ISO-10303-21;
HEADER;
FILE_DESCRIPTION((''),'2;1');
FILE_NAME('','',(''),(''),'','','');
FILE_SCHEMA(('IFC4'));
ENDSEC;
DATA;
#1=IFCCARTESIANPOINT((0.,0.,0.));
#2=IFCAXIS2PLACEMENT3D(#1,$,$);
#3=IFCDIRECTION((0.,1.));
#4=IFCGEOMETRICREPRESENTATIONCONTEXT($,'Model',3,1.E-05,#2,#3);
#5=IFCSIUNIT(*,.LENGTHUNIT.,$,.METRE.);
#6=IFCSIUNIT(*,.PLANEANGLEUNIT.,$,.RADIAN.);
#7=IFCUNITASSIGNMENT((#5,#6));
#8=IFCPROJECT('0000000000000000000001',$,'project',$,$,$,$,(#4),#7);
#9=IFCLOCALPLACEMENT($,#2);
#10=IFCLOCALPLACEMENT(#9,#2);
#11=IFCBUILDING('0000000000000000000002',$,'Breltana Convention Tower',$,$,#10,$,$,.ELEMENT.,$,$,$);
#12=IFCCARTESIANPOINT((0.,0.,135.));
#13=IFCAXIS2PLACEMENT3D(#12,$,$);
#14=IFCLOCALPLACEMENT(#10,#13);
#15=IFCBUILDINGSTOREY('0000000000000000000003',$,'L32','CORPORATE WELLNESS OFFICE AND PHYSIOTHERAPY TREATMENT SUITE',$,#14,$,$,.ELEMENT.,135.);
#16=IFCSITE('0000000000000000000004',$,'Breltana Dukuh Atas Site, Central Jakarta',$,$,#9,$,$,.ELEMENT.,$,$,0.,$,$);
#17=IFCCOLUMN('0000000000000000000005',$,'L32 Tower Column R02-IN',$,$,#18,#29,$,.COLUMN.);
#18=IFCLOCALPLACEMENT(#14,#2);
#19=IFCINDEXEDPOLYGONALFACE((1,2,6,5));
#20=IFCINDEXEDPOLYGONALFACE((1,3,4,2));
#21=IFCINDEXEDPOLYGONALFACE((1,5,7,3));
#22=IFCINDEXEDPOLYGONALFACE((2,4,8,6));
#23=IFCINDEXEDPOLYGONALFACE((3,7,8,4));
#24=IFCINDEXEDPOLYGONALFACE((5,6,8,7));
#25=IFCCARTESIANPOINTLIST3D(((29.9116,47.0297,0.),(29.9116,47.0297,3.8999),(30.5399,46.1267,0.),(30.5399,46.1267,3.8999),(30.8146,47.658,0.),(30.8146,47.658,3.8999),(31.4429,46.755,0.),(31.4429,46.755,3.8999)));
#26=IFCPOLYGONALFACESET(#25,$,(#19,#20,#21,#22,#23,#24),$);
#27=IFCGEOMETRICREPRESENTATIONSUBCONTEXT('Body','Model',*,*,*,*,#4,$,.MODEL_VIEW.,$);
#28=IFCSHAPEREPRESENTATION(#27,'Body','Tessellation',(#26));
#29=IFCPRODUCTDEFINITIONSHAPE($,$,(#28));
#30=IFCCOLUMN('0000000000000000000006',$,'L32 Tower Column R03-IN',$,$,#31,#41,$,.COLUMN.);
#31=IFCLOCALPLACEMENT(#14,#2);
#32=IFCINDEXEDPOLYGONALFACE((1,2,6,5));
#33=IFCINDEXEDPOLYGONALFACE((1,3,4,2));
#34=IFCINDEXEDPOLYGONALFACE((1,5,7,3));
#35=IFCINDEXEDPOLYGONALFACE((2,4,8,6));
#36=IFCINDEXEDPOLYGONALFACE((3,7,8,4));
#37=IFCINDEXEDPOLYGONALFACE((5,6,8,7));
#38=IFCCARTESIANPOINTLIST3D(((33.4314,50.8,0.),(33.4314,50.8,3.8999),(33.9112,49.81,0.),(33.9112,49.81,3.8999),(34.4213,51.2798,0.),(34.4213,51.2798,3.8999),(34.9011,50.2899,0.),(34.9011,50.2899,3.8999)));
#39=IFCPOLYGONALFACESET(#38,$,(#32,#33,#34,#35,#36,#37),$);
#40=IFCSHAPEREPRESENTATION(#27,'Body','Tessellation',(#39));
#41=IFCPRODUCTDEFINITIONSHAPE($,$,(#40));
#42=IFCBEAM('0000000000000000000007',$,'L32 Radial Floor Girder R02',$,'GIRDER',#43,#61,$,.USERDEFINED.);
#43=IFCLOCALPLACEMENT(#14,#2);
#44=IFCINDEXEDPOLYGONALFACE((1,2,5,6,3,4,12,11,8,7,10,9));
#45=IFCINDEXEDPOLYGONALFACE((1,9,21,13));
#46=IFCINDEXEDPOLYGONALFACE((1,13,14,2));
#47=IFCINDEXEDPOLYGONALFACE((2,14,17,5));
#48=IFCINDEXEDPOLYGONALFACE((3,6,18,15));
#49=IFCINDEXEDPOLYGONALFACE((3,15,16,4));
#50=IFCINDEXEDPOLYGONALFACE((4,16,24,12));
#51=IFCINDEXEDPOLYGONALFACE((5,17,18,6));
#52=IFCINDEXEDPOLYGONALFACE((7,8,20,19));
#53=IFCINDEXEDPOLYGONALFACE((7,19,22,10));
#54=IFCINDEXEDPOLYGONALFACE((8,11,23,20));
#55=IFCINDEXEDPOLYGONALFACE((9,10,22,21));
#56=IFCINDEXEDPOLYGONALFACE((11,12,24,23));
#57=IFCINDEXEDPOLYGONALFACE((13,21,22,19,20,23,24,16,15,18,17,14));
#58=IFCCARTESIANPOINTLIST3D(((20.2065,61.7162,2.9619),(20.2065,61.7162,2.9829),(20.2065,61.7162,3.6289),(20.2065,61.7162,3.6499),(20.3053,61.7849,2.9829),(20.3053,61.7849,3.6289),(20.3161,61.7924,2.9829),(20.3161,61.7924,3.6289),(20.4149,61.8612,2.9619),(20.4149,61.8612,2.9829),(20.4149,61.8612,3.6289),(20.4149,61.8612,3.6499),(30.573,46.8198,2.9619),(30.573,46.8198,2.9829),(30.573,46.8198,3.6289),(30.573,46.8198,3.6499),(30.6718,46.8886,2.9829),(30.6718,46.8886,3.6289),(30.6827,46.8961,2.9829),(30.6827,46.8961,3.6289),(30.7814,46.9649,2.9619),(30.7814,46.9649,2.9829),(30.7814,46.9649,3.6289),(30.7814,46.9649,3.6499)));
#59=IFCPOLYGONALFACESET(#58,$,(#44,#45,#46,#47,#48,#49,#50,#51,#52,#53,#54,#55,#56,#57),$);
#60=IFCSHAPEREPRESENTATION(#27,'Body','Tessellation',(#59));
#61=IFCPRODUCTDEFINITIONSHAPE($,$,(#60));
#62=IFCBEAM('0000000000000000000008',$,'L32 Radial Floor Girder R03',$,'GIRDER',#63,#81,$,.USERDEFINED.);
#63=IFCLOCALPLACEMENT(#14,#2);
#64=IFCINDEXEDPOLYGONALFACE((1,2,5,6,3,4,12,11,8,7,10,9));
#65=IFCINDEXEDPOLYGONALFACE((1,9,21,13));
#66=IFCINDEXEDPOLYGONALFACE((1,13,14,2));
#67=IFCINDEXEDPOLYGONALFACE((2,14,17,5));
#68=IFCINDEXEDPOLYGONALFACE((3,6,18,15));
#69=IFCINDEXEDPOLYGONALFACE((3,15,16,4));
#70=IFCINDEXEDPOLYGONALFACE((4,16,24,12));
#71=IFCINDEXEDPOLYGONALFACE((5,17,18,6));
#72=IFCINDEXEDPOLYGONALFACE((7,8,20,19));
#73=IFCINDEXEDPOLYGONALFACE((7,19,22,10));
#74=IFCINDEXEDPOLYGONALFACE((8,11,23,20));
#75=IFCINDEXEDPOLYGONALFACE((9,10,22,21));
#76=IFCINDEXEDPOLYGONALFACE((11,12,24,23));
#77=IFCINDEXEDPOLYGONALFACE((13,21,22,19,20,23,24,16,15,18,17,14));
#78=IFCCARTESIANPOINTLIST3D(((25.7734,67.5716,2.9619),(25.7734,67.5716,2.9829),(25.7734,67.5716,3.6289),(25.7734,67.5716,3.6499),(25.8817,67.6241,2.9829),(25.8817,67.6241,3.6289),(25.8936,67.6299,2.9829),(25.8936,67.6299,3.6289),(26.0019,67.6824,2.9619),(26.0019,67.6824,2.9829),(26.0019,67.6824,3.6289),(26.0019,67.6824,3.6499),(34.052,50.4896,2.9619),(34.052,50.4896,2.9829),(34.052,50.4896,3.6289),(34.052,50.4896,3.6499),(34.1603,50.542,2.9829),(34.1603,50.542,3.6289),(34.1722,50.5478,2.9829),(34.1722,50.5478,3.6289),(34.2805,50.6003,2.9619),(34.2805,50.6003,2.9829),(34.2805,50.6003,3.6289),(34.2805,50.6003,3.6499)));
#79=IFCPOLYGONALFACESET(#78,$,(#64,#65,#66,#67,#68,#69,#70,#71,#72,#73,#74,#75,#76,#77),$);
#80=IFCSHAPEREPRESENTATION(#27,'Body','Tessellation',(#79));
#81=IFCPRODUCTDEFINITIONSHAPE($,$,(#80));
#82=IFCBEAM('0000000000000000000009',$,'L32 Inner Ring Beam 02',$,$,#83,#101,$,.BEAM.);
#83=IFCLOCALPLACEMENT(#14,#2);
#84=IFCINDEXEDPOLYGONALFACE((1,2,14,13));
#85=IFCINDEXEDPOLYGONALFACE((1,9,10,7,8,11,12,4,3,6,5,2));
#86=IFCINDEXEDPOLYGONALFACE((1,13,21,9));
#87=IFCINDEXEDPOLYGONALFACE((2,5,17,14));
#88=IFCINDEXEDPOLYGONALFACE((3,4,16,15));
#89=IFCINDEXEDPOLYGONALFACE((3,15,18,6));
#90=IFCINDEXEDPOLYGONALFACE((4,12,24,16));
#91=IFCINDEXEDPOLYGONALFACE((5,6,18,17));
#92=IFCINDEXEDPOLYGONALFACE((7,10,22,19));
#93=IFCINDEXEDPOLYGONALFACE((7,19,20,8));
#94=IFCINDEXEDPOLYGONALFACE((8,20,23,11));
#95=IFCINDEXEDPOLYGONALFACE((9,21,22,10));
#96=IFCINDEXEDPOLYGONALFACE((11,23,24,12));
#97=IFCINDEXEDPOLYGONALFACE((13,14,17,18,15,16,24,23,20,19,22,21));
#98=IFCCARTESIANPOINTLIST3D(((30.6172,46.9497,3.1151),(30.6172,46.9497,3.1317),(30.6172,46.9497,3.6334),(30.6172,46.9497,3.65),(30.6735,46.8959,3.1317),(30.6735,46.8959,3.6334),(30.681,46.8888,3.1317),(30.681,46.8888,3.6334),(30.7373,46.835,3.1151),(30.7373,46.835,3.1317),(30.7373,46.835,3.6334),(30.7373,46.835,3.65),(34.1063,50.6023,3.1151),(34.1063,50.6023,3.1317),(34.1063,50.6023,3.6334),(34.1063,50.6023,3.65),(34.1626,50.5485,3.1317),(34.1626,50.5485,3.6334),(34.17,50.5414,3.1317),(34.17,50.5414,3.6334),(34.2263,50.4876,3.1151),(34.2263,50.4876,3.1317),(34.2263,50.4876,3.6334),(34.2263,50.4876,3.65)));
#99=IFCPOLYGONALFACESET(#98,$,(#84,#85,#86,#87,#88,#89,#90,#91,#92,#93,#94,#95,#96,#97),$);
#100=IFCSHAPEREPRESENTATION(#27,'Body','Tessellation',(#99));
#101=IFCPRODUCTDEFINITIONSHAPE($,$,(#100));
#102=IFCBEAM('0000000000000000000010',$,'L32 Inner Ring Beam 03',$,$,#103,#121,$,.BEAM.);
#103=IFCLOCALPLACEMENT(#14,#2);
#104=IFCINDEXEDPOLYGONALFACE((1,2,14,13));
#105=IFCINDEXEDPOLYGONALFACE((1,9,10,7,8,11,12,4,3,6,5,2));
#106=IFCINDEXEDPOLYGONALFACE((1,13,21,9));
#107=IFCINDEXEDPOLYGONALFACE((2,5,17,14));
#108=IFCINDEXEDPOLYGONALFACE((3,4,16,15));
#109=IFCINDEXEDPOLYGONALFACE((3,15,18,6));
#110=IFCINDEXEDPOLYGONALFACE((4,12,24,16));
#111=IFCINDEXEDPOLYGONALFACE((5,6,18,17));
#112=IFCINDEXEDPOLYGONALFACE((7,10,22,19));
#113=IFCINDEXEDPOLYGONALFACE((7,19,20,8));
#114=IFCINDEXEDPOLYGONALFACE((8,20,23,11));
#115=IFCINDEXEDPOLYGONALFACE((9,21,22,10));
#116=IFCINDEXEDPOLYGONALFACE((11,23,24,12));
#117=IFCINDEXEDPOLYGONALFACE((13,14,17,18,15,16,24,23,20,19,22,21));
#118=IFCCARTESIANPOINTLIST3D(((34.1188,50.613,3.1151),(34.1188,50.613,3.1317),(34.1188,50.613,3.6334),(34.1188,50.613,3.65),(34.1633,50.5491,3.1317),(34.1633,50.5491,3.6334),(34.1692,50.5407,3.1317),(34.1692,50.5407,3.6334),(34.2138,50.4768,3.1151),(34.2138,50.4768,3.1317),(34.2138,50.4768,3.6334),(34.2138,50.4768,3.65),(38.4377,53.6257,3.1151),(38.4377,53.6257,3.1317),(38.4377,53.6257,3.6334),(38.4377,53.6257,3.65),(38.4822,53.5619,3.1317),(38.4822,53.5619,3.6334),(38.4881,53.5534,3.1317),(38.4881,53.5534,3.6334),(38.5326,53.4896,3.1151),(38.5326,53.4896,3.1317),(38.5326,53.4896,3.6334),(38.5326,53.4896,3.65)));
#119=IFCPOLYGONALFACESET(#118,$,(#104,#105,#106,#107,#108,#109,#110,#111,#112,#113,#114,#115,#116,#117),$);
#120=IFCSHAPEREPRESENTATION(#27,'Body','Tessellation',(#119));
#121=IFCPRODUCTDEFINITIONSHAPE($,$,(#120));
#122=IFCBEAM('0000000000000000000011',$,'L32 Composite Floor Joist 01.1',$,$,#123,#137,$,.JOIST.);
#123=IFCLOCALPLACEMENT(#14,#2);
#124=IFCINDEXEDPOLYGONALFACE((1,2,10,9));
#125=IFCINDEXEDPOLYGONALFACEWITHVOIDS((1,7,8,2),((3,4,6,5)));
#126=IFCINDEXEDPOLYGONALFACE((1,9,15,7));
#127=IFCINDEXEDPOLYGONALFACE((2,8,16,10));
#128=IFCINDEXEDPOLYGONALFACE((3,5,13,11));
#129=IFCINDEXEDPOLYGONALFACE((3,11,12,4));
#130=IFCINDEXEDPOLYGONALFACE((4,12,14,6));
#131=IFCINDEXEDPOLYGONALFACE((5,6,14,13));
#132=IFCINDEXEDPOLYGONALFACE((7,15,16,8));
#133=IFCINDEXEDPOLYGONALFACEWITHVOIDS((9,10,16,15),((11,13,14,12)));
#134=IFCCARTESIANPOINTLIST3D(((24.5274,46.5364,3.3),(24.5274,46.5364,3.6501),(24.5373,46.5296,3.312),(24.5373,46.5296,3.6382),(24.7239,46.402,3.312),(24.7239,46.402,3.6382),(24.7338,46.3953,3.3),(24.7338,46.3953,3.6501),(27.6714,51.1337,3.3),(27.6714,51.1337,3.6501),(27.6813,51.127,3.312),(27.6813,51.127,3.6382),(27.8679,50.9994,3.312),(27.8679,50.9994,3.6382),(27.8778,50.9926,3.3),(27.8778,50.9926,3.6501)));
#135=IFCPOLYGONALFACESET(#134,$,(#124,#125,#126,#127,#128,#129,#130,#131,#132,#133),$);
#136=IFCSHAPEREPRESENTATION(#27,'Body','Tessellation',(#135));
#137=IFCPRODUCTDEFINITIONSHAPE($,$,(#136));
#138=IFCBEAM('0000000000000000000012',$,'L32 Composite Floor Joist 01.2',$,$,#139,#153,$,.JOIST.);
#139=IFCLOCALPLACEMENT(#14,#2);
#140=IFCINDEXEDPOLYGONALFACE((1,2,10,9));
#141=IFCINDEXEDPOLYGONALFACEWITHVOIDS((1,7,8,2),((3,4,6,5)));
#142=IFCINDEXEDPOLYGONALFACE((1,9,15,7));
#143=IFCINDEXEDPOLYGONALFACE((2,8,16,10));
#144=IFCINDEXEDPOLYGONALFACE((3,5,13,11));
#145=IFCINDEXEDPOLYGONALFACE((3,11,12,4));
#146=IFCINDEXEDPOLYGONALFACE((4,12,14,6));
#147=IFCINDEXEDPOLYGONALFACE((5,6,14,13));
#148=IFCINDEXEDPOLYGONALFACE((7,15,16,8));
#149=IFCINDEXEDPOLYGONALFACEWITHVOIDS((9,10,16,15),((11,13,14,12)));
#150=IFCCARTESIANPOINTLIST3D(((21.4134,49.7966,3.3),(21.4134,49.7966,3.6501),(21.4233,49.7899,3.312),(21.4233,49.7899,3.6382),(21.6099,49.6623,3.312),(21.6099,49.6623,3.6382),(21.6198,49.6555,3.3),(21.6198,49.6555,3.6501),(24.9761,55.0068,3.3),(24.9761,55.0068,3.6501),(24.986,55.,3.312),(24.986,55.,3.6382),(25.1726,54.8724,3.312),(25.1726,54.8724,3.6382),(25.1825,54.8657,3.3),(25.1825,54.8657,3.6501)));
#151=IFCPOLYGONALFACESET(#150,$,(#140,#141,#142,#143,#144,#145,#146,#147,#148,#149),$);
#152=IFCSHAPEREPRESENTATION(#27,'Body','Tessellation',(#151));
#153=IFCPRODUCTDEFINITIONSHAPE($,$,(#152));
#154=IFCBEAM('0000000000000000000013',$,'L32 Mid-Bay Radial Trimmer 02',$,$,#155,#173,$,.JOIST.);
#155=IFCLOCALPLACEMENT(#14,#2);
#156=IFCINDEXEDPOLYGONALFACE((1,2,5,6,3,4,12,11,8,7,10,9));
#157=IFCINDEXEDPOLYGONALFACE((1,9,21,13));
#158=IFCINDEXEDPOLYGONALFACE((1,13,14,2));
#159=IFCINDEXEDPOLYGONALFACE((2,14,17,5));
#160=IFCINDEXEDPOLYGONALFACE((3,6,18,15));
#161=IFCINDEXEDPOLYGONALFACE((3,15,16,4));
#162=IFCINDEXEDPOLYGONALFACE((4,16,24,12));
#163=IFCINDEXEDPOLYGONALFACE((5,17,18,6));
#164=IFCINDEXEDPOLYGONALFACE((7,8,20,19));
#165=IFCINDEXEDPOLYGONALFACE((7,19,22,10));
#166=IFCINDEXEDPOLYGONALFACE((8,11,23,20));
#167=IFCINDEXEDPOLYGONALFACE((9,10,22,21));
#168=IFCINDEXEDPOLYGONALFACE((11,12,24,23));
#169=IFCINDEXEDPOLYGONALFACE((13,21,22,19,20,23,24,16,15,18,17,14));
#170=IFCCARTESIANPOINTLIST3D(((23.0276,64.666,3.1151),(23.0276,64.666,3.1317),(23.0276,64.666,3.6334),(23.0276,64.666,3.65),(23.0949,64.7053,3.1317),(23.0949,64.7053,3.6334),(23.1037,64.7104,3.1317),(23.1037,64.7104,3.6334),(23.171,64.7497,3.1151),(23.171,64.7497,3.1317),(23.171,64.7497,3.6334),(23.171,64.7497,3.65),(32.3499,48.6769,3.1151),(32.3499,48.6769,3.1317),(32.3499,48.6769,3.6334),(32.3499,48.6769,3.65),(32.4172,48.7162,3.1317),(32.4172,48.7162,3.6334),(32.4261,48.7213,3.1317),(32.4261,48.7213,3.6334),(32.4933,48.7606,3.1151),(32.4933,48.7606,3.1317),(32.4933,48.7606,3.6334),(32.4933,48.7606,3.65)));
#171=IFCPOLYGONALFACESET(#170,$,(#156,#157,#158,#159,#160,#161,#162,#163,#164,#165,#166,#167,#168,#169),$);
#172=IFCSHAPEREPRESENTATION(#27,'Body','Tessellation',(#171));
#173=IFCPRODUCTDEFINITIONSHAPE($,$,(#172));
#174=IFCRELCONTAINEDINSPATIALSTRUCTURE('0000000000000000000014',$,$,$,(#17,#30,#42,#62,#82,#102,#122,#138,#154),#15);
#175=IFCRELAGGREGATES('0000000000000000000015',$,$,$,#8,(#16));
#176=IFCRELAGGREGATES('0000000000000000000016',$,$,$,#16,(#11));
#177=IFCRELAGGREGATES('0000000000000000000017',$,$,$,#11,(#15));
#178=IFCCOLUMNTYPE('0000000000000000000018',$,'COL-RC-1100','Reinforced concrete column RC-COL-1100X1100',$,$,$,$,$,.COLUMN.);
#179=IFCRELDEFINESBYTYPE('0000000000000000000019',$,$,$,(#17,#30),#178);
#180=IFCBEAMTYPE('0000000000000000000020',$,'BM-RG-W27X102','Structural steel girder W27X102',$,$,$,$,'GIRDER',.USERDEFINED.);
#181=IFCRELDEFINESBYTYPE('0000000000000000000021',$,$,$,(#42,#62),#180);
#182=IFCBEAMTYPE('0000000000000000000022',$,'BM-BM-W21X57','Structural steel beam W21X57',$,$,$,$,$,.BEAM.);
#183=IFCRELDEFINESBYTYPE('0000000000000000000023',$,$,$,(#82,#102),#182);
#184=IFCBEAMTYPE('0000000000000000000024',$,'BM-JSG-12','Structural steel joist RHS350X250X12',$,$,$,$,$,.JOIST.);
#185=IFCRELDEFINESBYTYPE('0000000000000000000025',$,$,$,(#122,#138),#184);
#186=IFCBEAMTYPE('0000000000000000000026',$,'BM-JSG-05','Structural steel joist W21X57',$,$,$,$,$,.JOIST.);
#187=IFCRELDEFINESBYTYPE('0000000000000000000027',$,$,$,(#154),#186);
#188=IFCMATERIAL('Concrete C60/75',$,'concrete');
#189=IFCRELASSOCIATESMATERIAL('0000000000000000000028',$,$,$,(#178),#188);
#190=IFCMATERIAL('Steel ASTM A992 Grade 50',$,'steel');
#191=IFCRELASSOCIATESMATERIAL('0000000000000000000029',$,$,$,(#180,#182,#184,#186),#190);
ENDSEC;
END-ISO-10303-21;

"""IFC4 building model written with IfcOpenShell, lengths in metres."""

from ifc_helpers import new_model, si_unit, direction, frame, origin, origin_2d, place, context, subcontext, project, spatial, rectangle, hollow_rectangle, i_section, extrude, source, transform, mapped, material, material_profile, profile_set, type_object, element, save


model = new_model("IFC4")

# Units and contexts
model_context = context("Model", 3, precision=1e-05, world=origin(), true_north=direction((0.0, 1.0)))
body_context = subcontext(model_context, "Body", "Model", "MODEL_VIEW")
ifc_project = project(units=[si_unit("LENGTHUNIT", "METRE"), si_unit("PLANEANGLEUNIT", "RADIAN")], contexts=[model_context])

# Site, building, storey
site_placement = place(None, origin())
site = spatial("IfcSite", under=ifc_project, at=site_placement, Name="Breltana Dukuh Atas Site, Central Jakarta", CompositionType="ELEMENT", RefElevation=0.0)
building_placement = place(site_placement, origin())
building = spatial("IfcBuilding", under=site, at=building_placement, Name="Breltana Convention Tower", CompositionType="ELEMENT")
storey_placement = place(building_placement, frame((0.0, 0.0, 135.0)))
storey = spatial("IfcBuildingStorey", under=building, at=storey_placement, Name="L32", Description="CORPORATE WELLNESS OFFICE AND PHYSIOTHERAPY TREATMENT SUITE", CompositionType="ELEMENT", Elevation=135.0)

# Columns
ifc_material_1 = material(Name="Concrete C60/75", Category="concrete")
ifc_material_profile_1 = material_profile(ifc_material_1, rectangle(XDim=1.1001, YDim=1.1001, at=origin_2d()), Name="RC-COL-1100X1100")
ifc_profile_set_1 = profile_set([ifc_material_profile_1], Name="Concrete C60/75")
column_type = type_object("IfcColumnType", Name="COL-RC-1100", Description="Reinforced concrete column RC-COL-1100X1100", PredefinedType="COLUMN", material=ifc_profile_set_1)
shared_shape_1 = source(origin(), body_context, "Body", "SweptSolid", [
    extrude(rectangle(XDim=1.1001, YDim=1.1001, at=origin_2d()), origin(), (0.0, 0.0, 1.0), 3.8999),
])
for number, where, z_axis, x_axis, name in (
    (1, (30.6772, 46.8923, 0.0), (0.0, 0.0, 1.0), (-0.571143, 0.82085, 0.0), "L32 Tower Column R02-IN"),
    (2, (34.1663, 50.5449, 0.0), (0.0, 0.0, 1.0), (-0.436174, 0.899863, 0.0), "L32 Tower Column R03-IN"),
):
    element("IfcColumn", number, at=place(storey_placement, frame(where, z_axis=z_axis, x_axis=x_axis)), inside=storey, type_object=column_type, Name=name, PredefinedType="COLUMN", context=body_context, shape_type="MappedRepresentation", body=[
        mapped(shared_shape_1, transform((0.0, 0.0, 0.0), scale=1.0)),
    ])

# Beams
ifc_material_2 = material(Name="Steel ASTM A992 Grade 50", Category="steel")
ifc_material_profile_2 = material_profile(ifc_material_2, i_section(OverallWidth=0.2539, OverallDepth=0.688, WebThickness=0.0132, FlangeThickness=0.021, at=origin_2d()), Name="W27X102")
ifc_profile_set_2 = profile_set([ifc_material_profile_2], Name="Steel ASTM A992 Grade 50")
beam_type_1 = type_object("IfcBeamType", Name="BM-RG-W27X102", Description="Structural steel girder W27X102", ElementType="GIRDER", PredefinedType="USERDEFINED", material=ifc_profile_set_2)
shared_shape_2 = source(origin(), body_context, "Body", "SweptSolid", [
    extrude(i_section(OverallWidth=0.2539, OverallDepth=0.688, WebThickness=0.0132, FlangeThickness=0.021, at=origin_2d()), origin(), (0.0, 0.0, 1.0), 18.1484),
])
beam_1_placement = place(storey_placement, frame((30.6772, 46.8923, 3.3059), z_axis=(-0.571208, 0.820806, 0.0), x_axis=(-0.820806, -0.571208, 0.0)))
element("IfcBeam", 3, at=beam_1_placement, inside=storey, type_object=beam_type_1, Name="L32 Radial Floor Girder R02", ObjectType="GIRDER", PredefinedType="USERDEFINED", context=body_context, shape_type="MappedRepresentation", body=[
    mapped(shared_shape_2, transform((0.0, 0.0, 0.0), scale=1.0)),
])
shared_shape_3 = source(origin(), body_context, "Body", "SweptSolid", [
    extrude(i_section(OverallWidth=0.2539, OverallDepth=0.688, WebThickness=0.0132, FlangeThickness=0.021, at=origin_2d()), origin(), (0.0, 0.0, 1.0), 18.9824),
])
beam_2_placement = place(storey_placement, frame((34.1663, 50.5449, 3.3059), z_axis=(-0.436119, 0.899889, 0.0), x_axis=(-0.899889, -0.436119, 0.0)))
element("IfcBeam", 4, at=beam_2_placement, inside=storey, type_object=beam_type_1, Name="L32 Radial Floor Girder R03", ObjectType="GIRDER", PredefinedType="USERDEFINED", context=body_context, shape_type="MappedRepresentation", body=[
    mapped(shared_shape_3, transform((0.0, 0.0, 0.0), scale=1.0)),
])
ifc_material_profile_3 = material_profile(ifc_material_2, i_section(OverallWidth=0.166, OverallDepth=0.5349, WebThickness=0.0103, FlangeThickness=0.0166, at=origin_2d()), Name="W21X57")
ifc_profile_set_3 = profile_set([ifc_material_profile_3], Name="Steel ASTM A992 Grade 50")
beam_type_2 = type_object("IfcBeamType", Name="BM-BM-W21X57", Description="Structural steel beam W21X57", PredefinedType="BEAM", material=ifc_profile_set_3)
shared_shape_4 = source(origin(), body_context, "Body", "SweptSolid", [
    extrude(i_section(OverallWidth=0.166, OverallDepth=0.5349, WebThickness=0.0103, FlangeThickness=0.0166, at=origin_2d()), origin(), (0.0, 0.0, 1.0), 5.0513),
])
beam_3_placement = place(storey_placement, frame((30.6772, 46.8923, 3.3826), z_axis=(0.69073, 0.723113, 0.0), x_axis=(-0.723113, 0.69073, 0.0)))
element("IfcBeam", 5, at=beam_3_placement, inside=storey, type_object=beam_type_2, Name="L32 Inner Ring Beam 02", PredefinedType="BEAM", context=body_context, shape_type="MappedRepresentation", body=[
    mapped(shared_shape_4, transform((0.0, 0.0, 0.0), scale=1.0)),
])
shared_shape_5 = source(origin(), body_context, "Body", "SweptSolid", [
    extrude(i_section(OverallWidth=0.166, OverallDepth=0.5349, WebThickness=0.0103, FlangeThickness=0.0166, at=origin_2d()), origin(), (0.0, 0.0, 1.0), 5.2659),
])
beam_4_placement = place(storey_placement, frame((34.1663, 50.5449, 3.3826), z_axis=(0.820167, 0.572124, 0.0), x_axis=(-0.572124, 0.820167, 0.0)))
element("IfcBeam", 6, at=beam_4_placement, inside=storey, type_object=beam_type_2, Name="L32 Inner Ring Beam 03", PredefinedType="BEAM", context=body_context, shape_type="MappedRepresentation", body=[
    mapped(shared_shape_5, transform((0.0, 0.0, 0.0), scale=1.0)),
])
ifc_material_profile_4 = material_profile(ifc_material_2, hollow_rectangle(XDim=0.25, YDim=0.3501, WallThickness=0.012, at=origin_2d()), Name="RHS350X250X12")
ifc_profile_set_4 = profile_set([ifc_material_profile_4], Name="Steel ASTM A992 Grade 50")
beam_type_3 = type_object("IfcBeamType", Name="BM-JSG-12", Description="Structural steel joist RHS350X250X12", PredefinedType="JOIST", material=ifc_profile_set_4)
shared_shape_6 = source(origin(), body_context, "Body", "SweptSolid", [
    extrude(hollow_rectangle(XDim=0.25, YDim=0.3501, WallThickness=0.012, at=origin_2d()), origin(), (0.0, 0.0, 1.0), 5.5696),
])
beam_5_placement = place(storey_placement, frame((24.6306, 46.4658, 3.4751), z_axis=(0.564494, 0.825437, 0.0), x_axis=(-0.825437, 0.564494, 0.0)))
element("IfcBeam", 7, at=beam_5_placement, inside=storey, type_object=beam_type_3, Name="L32 Composite Floor Joist 01.1", PredefinedType="JOIST", context=body_context, shape_type="MappedRepresentation", body=[
    mapped(shared_shape_6, transform((0.0, 0.0, 0.0), scale=1.0)),
])
shared_shape_7 = source(origin(), body_context, "Body", "SweptSolid", [
    extrude(hollow_rectangle(XDim=0.25, YDim=0.3501, WallThickness=0.012, at=origin_2d()), origin(), (0.0, 0.0, 1.0), 6.3118),
])
beam_6_placement = place(storey_placement, frame((21.5166, 49.7261, 3.4751), z_axis=(0.564454, 0.825465, 0.0), x_axis=(-0.825465, 0.564454, 0.0)))
element("IfcBeam", 8, at=beam_6_placement, inside=storey, type_object=beam_type_3, Name="L32 Composite Floor Joist 01.2", PredefinedType="JOIST", context=body_context, shape_type="MappedRepresentation", body=[
    mapped(shared_shape_7, transform((0.0, 0.0, 0.0), scale=1.0)),
])
ifc_material_profile_5 = material_profile(ifc_material_2, i_section(OverallWidth=0.166, OverallDepth=0.5349, WebThickness=0.0103, FlangeThickness=0.0166, at=origin_2d()), Name="W21X57")
ifc_profile_set_5 = profile_set([ifc_material_profile_5], Name="Steel ASTM A992 Grade 50")
beam_type_4 = type_object("IfcBeamType", Name="BM-JSG-05", Description="Structural steel joist W21X57", PredefinedType="JOIST", material=ifc_profile_set_5)
shared_shape_8 = source(origin(), body_context, "Body", "SweptSolid", [
    extrude(i_section(OverallWidth=0.166, OverallDepth=0.5349, WebThickness=0.0103, FlangeThickness=0.0166, at=origin_2d()), origin(), (0.0, 0.0, 1.0), 18.5083),
])
beam_7_placement = place(storey_placement, frame((32.4216, 48.7188, 3.3826), z_axis=(-0.503683, 0.863888, 0.0), x_axis=(-0.863888, -0.503683, 0.0)))
element("IfcBeam", 9, at=beam_7_placement, inside=storey, type_object=beam_type_4, Name="L32 Mid-Bay Radial Trimmer 02", PredefinedType="JOIST", context=body_context, shape_type="MappedRepresentation", body=[
    mapped(shared_shape_8, transform((0.0, 0.0, 0.0), scale=1.0)),
])

save(model, "model.ifc")
